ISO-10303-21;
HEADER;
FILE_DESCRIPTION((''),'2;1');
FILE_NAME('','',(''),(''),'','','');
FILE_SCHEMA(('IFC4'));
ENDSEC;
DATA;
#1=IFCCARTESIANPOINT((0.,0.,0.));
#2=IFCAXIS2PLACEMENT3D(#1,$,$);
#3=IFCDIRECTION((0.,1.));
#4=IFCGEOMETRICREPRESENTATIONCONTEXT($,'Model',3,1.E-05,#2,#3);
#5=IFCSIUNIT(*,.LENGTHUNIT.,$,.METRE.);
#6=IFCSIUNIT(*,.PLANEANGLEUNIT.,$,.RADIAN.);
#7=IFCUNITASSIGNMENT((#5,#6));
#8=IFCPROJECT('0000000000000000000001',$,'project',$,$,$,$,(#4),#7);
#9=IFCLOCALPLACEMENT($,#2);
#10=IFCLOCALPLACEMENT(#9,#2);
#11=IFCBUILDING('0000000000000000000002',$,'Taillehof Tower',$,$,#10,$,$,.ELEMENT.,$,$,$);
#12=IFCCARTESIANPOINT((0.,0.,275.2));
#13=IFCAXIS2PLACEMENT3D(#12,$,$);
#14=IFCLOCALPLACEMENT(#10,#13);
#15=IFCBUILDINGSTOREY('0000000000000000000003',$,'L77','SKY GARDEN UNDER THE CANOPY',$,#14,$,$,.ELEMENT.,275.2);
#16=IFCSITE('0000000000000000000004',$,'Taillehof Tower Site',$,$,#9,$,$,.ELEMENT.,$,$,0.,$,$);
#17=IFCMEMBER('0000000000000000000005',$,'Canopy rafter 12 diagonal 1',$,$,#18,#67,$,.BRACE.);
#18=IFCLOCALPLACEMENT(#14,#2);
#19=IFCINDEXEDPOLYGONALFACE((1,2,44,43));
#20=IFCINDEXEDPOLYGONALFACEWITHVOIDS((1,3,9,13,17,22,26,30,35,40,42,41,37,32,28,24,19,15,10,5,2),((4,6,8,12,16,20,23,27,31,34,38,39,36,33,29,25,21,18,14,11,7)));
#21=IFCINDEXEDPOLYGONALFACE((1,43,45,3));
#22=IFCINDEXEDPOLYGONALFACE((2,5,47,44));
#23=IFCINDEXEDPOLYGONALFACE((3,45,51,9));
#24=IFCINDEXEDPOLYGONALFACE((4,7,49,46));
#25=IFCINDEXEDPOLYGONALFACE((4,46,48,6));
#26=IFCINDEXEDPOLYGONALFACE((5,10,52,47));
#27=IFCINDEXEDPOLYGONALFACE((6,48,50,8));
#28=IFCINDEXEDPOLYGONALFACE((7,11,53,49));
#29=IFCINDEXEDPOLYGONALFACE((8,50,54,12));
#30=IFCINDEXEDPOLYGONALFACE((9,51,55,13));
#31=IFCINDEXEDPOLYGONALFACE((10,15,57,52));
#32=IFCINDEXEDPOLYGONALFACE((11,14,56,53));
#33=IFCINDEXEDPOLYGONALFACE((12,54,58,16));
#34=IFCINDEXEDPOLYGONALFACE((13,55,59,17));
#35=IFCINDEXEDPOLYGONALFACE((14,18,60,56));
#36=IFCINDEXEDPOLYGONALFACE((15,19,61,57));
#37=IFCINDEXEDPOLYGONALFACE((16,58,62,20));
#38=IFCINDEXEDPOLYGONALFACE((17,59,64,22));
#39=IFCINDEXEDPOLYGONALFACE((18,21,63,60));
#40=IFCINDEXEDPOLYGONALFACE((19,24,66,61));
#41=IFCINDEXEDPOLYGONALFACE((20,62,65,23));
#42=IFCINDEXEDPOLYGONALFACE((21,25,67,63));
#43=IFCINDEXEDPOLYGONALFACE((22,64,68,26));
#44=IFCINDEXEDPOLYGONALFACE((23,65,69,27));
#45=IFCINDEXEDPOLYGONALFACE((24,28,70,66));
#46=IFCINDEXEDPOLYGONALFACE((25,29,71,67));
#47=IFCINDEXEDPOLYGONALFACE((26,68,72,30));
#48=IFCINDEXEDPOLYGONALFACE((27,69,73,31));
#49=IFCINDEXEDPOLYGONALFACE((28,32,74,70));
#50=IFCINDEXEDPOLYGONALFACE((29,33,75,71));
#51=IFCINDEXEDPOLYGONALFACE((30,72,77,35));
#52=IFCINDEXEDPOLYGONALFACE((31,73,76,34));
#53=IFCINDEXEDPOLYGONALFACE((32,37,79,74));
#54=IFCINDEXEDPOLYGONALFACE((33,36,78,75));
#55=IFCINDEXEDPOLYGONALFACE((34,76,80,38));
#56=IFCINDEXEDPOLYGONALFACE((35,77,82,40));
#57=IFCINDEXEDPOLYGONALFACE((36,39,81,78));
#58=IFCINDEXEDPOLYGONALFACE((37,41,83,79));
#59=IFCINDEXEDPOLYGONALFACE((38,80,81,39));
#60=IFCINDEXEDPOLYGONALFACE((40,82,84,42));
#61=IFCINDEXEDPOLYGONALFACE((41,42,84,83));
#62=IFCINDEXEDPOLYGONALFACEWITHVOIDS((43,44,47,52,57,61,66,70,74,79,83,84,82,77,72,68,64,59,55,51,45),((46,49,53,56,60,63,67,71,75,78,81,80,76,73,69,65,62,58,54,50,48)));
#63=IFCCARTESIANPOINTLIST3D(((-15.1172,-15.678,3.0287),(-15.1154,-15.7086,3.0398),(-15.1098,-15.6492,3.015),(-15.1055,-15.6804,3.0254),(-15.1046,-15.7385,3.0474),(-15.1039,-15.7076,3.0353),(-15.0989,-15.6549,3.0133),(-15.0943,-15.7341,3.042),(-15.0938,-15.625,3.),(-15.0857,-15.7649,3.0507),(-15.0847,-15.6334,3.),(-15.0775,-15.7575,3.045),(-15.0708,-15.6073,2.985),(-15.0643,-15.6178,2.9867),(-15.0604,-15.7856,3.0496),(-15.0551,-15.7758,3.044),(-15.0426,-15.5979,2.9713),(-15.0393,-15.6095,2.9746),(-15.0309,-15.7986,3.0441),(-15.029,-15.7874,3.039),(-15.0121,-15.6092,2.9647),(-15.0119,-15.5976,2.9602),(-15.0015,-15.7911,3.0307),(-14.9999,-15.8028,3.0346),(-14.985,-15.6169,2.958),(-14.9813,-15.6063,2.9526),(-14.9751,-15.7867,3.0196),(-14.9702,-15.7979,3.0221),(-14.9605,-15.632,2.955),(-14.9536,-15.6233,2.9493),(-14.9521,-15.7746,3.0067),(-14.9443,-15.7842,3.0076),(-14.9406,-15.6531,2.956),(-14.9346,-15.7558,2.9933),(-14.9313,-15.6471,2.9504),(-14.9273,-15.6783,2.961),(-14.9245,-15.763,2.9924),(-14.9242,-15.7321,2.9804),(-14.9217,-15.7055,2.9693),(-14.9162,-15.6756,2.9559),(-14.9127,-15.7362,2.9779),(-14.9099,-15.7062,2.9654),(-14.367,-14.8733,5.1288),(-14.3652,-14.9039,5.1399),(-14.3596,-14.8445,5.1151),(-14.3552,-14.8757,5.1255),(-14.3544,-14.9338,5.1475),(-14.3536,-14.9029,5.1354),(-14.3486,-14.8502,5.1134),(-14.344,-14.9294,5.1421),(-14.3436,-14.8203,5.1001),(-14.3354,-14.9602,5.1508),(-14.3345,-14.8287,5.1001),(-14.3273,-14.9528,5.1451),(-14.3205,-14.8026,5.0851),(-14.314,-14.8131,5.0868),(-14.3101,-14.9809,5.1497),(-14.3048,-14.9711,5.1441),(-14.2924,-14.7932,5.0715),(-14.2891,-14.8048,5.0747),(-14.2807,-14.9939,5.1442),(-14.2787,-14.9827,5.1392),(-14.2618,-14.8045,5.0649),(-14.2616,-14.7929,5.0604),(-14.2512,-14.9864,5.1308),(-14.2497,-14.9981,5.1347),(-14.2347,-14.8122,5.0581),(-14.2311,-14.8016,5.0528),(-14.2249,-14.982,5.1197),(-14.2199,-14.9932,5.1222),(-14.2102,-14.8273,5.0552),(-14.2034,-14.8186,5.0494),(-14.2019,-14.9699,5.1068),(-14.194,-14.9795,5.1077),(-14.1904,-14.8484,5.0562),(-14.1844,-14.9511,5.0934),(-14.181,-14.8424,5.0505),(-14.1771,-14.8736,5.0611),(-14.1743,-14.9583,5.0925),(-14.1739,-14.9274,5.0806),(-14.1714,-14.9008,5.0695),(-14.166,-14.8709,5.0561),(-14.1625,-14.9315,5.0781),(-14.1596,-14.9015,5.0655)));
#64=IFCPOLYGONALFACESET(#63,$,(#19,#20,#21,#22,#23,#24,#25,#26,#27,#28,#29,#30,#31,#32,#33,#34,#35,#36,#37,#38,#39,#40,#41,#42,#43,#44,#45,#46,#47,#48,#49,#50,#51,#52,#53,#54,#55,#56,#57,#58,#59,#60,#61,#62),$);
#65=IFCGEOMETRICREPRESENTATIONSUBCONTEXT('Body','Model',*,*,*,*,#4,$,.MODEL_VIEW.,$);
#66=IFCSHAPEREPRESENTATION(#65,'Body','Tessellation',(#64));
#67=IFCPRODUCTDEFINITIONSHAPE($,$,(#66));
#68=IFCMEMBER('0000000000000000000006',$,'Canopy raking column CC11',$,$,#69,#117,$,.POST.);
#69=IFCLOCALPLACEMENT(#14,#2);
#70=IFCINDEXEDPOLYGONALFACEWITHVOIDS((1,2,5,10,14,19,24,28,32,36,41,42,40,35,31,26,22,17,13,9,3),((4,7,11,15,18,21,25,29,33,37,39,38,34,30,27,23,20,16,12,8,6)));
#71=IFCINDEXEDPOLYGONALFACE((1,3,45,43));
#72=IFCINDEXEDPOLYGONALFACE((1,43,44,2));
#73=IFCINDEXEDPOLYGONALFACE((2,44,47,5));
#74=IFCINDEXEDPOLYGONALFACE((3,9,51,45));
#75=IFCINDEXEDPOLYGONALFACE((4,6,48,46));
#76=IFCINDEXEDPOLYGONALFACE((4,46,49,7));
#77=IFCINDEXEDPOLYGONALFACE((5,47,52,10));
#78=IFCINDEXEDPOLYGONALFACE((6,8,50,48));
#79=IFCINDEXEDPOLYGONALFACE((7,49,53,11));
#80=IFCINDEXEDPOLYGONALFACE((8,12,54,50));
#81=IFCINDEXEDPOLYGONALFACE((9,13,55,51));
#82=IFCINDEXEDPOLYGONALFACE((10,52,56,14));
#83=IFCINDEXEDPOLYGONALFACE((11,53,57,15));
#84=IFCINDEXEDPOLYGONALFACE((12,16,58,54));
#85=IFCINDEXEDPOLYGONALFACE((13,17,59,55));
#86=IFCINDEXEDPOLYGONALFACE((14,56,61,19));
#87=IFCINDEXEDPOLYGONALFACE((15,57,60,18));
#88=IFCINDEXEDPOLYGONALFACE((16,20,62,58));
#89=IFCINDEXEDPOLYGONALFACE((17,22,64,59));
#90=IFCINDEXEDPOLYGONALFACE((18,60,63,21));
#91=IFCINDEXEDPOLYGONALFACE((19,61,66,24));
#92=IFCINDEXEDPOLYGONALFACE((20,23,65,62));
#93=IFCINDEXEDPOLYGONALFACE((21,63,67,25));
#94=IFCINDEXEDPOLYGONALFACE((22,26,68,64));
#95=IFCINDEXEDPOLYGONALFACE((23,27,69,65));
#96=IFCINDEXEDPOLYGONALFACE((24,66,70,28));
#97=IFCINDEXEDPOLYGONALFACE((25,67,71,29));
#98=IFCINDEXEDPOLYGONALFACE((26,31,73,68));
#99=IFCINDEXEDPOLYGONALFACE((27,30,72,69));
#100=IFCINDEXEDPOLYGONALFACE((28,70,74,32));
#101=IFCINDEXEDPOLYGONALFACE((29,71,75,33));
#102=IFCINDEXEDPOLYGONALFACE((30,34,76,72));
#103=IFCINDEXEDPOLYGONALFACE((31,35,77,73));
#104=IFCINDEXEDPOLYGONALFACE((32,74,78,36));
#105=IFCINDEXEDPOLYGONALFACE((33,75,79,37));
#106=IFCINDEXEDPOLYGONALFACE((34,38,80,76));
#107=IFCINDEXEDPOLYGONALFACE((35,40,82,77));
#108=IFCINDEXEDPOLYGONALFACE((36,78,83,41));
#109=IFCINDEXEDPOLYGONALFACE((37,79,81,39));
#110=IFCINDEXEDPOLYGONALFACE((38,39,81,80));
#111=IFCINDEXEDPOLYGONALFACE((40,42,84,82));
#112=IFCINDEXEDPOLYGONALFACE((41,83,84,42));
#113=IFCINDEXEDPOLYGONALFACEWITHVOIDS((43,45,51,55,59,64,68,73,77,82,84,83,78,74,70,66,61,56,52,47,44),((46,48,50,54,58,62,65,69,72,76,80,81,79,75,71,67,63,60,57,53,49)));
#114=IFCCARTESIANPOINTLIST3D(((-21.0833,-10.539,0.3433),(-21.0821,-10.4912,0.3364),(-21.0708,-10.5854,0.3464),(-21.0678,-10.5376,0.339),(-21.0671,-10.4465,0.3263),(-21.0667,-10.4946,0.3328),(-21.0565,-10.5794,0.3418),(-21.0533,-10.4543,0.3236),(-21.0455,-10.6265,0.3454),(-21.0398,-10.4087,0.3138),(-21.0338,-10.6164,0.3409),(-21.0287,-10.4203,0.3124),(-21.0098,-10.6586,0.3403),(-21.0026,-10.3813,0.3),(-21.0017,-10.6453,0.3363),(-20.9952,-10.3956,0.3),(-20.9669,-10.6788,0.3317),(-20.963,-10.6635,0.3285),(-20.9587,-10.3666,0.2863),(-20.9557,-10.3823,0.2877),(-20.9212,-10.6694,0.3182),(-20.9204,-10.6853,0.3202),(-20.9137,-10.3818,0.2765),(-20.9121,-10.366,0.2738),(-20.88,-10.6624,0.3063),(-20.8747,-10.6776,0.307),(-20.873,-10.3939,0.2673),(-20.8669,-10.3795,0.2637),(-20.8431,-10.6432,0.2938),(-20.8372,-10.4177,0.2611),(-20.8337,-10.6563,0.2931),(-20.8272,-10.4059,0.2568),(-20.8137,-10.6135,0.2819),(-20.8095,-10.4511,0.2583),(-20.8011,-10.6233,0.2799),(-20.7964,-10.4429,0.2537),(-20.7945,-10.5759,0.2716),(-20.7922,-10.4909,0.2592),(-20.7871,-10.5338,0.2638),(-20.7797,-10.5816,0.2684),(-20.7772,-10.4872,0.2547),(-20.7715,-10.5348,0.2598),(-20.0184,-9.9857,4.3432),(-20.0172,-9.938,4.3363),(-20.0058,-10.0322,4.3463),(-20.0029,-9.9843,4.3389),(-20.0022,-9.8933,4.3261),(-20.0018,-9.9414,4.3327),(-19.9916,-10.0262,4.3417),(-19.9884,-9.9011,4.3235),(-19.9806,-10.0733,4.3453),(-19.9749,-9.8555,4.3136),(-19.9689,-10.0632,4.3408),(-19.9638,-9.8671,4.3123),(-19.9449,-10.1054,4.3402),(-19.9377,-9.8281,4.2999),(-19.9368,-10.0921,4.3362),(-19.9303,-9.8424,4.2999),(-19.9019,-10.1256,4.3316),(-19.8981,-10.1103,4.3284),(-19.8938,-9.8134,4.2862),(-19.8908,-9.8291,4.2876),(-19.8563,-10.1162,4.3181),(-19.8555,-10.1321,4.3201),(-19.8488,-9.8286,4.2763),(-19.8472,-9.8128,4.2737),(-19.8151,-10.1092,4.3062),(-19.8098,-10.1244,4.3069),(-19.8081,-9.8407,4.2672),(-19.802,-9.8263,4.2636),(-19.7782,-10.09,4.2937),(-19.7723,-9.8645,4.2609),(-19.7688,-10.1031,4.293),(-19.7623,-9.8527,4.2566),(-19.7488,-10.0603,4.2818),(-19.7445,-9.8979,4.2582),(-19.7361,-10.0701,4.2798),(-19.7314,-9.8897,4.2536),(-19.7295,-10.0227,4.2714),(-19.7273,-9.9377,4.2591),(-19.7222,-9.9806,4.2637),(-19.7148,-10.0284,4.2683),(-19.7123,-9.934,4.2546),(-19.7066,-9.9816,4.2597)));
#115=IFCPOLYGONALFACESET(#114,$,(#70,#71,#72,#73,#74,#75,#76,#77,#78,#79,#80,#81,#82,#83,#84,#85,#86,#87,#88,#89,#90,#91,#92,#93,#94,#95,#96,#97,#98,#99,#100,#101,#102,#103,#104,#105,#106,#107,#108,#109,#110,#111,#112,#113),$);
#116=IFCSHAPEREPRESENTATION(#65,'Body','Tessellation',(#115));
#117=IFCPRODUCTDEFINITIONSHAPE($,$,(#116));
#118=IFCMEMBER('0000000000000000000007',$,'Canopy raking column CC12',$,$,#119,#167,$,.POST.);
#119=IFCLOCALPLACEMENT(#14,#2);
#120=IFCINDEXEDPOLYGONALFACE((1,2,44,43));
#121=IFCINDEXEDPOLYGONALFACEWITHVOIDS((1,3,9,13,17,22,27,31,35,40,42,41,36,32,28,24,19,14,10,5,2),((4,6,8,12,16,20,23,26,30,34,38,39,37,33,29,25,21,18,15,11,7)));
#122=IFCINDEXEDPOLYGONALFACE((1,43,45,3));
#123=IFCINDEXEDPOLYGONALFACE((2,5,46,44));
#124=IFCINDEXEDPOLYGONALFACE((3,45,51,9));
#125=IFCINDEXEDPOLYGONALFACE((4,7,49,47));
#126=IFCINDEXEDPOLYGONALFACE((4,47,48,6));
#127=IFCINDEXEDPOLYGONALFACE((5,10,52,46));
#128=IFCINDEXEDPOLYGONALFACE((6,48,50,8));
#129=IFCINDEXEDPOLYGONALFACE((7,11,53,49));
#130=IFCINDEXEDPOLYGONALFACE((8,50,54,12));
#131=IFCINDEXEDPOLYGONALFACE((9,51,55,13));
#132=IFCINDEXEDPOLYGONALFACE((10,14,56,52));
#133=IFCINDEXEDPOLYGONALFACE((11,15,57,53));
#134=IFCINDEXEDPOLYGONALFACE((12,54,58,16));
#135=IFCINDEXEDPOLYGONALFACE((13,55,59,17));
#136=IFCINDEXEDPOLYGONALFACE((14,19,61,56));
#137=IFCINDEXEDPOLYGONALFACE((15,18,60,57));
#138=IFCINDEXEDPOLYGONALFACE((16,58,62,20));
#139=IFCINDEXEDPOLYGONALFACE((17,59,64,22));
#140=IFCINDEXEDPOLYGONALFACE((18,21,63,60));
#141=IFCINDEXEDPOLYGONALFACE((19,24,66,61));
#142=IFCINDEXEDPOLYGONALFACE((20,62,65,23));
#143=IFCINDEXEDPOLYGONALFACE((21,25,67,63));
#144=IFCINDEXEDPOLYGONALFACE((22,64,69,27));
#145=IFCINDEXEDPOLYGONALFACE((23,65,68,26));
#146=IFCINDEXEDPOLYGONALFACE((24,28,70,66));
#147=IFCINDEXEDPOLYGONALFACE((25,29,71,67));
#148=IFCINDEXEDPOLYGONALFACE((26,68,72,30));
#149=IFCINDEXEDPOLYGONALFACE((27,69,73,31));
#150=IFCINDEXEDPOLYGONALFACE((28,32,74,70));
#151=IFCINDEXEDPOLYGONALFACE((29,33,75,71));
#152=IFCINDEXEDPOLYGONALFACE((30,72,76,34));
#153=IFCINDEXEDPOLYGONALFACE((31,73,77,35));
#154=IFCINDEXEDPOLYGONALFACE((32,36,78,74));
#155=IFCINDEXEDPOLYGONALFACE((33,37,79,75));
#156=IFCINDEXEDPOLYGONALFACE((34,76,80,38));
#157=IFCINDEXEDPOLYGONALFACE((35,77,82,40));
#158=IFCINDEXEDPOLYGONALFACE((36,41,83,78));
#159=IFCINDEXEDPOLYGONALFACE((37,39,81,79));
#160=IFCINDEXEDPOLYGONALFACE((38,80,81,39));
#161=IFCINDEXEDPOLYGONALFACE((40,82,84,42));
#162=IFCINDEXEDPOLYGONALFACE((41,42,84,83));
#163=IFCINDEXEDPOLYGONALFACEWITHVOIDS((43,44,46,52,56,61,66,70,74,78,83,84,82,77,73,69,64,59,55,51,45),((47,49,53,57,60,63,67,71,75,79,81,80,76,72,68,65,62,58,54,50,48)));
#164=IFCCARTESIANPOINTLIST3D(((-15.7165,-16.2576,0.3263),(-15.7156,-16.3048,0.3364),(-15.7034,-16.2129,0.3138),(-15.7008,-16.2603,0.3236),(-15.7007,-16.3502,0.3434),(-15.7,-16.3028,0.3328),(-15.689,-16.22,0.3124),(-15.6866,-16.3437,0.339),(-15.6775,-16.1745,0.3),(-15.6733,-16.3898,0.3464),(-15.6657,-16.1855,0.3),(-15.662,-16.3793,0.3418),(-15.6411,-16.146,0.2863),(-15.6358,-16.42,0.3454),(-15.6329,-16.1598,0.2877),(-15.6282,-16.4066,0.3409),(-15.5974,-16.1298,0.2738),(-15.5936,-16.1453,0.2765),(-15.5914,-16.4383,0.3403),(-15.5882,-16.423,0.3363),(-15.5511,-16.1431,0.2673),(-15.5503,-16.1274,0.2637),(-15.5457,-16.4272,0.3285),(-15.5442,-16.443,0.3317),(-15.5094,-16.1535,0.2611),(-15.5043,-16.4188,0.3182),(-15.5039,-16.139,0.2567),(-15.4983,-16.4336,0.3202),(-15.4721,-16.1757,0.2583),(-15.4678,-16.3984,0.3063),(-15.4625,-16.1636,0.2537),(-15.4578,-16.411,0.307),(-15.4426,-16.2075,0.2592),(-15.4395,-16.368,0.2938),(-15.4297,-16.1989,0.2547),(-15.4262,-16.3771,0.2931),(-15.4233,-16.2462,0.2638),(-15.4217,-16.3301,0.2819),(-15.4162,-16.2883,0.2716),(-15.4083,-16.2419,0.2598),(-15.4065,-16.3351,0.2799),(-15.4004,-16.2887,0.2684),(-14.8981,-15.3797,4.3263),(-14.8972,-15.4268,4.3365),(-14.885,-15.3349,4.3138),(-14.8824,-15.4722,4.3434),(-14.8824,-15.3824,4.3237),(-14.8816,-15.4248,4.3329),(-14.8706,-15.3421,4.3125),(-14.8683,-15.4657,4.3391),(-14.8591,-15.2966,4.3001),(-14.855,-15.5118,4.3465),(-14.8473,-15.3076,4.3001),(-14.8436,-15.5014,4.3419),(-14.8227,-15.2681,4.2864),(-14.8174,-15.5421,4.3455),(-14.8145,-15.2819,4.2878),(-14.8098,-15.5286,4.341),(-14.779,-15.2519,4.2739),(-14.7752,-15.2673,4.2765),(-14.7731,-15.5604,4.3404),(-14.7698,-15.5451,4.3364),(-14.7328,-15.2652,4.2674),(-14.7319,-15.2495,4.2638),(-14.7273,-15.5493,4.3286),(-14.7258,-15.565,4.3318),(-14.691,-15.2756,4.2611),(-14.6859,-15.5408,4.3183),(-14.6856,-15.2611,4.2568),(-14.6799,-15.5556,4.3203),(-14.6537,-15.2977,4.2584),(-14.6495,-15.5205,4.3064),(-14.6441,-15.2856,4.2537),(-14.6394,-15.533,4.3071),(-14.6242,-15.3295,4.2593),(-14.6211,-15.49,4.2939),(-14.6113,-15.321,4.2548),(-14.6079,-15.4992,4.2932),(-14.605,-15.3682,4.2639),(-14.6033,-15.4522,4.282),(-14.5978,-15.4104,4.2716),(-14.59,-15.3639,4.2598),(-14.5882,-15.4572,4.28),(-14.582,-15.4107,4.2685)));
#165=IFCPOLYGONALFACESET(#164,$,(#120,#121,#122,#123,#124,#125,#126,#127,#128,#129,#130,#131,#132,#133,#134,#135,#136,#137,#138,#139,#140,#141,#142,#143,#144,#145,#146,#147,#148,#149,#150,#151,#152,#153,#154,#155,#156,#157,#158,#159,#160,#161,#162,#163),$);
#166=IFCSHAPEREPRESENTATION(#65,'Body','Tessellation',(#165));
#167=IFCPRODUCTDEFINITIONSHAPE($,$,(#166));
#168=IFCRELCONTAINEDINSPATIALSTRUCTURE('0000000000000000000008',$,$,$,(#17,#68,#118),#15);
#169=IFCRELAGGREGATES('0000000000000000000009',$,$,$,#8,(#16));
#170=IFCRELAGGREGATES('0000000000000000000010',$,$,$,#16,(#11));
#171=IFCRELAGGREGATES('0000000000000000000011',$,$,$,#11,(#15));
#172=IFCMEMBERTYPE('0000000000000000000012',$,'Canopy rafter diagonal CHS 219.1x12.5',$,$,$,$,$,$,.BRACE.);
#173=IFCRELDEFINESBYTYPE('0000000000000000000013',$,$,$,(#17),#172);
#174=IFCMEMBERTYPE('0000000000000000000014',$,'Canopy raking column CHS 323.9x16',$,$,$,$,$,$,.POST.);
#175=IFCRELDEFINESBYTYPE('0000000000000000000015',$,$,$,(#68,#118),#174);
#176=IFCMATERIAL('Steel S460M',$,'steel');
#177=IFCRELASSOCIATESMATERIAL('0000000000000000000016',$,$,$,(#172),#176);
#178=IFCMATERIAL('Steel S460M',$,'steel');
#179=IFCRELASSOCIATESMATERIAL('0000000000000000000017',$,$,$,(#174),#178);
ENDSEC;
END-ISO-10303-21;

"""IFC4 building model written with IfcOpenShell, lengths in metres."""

from ifc_helpers import new_model, si_unit, direction, frame, origin, origin_2d, place, context, subcontext, project, spatial, hollow_circle, extrude, material, material_profile, profile_set, type_object, element, save


model = new_model("IFC4")

# Units and contexts
model_context = context("Model", 3, precision=1e-05, world=origin(), true_north=direction((0.0, 1.0)))
body_context = subcontext(model_context, "Body", "Model", "MODEL_VIEW")
ifc_project = project(units=[si_unit("LENGTHUNIT", "METRE"), si_unit("PLANEANGLEUNIT", "RADIAN")], contexts=[model_context])

# Site, building, storey
site_placement = place(None, origin())
site = spatial("IfcSite", under=ifc_project, at=site_placement, Name="Taillehof Tower Site", CompositionType="ELEMENT", RefElevation=0.0)
building_placement = place(site_placement, origin())
building = spatial("IfcBuilding", under=site, at=building_placement, Name="Taillehof Tower", CompositionType="ELEMENT")
storey_placement = place(building_placement, frame((0.0, 0.0, 275.2)))
storey = spatial("IfcBuildingStorey", under=building, at=storey_placement, Name="L77", Description="SKY GARDEN UNDER THE CANOPY", CompositionType="ELEMENT", Elevation=275.2)

# Members
ifc_material_1 = material(Name="Steel S460M", Category="steel")
ifc_material_profile_1 = material_profile(ifc_material_1, hollow_circle(Radius=0.1096, WallThickness=0.0125, at=origin_2d()), Name="CHS 219.1x12.5")
ifc_profile_set_1 = profile_set([ifc_material_profile_1], Name="Steel S460M")
member_type_1 = type_object("IfcMemberType", Name="Canopy rafter diagonal CHS 219.1x12.5", PredefinedType="BRACE", material=ifc_profile_set_1)
member_1_placement = place(storey_placement, frame((-15.0137, -15.6997, 3.0), z_axis=(0.316449, 0.339413, 0.88581), x_axis=(-0.731417, 0.681931, 0.0)))
element("IfcMember", 1, at=member_1_placement, inside=storey, type_object=member_type_1, Name="Canopy rafter 12 diagonal 1", PredefinedType="BRACE", context=body_context, shape_type="SweptSolid", body=[
    extrude(hollow_circle(Radius=0.1096, WallThickness=0.0125, at=origin_2d()), origin(), (0.0, 0.0, 1.0), 2.3708),
])
ifc_material_2 = material(Name="Steel S460M", Category="steel")
ifc_material_profile_2 = material_profile(ifc_material_2, hollow_circle(Radius=0.1619, WallThickness=0.0161, at=origin_2d()), Name="CHS 323.9x16")
ifc_profile_set_2 = profile_set([ifc_material_profile_2], Name="Steel S460M")
member_type_2 = type_object("IfcMemberType", Name="Canopy raking column CHS 323.9x16", PredefinedType="POST", material=ifc_profile_set_2)
member_2_placement = place(storey_placement, frame((-20.928, -10.5249, 0.3), z_axis=(0.255006, 0.132472, 0.957822), x_axis=(-0.460994, 0.887403, 0.0)))
element("IfcMember", 2, at=member_2_placement, inside=storey, type_object=member_type_2, Name="Canopy raking column CC11", PredefinedType="POST", context=body_context, shape_type="SweptSolid", body=[
    extrude(hollow_circle(Radius=0.1619, WallThickness=0.0161, at=origin_2d()), origin(), (0.0, 0.0, 1.0), 4.176),
])
member_3_placement = place(storey_placement, frame((-15.5591, -16.2849, 0.3), z_axis=(0.195959, 0.210223, 0.957813), x_axis=(-0.731488, 0.681854, 0.0)))
element("IfcMember", 3, at=member_3_placement, inside=storey, type_object=member_type_2, Name="Canopy raking column CC12", PredefinedType="POST", context=body_context, shape_type="SweptSolid", body=[
    extrude(hollow_circle(Radius=0.1619, WallThickness=0.0161, at=origin_2d()), origin(), (0.0, 0.0, 1.0), 4.1763),
])

save(model, "model.ifc")
